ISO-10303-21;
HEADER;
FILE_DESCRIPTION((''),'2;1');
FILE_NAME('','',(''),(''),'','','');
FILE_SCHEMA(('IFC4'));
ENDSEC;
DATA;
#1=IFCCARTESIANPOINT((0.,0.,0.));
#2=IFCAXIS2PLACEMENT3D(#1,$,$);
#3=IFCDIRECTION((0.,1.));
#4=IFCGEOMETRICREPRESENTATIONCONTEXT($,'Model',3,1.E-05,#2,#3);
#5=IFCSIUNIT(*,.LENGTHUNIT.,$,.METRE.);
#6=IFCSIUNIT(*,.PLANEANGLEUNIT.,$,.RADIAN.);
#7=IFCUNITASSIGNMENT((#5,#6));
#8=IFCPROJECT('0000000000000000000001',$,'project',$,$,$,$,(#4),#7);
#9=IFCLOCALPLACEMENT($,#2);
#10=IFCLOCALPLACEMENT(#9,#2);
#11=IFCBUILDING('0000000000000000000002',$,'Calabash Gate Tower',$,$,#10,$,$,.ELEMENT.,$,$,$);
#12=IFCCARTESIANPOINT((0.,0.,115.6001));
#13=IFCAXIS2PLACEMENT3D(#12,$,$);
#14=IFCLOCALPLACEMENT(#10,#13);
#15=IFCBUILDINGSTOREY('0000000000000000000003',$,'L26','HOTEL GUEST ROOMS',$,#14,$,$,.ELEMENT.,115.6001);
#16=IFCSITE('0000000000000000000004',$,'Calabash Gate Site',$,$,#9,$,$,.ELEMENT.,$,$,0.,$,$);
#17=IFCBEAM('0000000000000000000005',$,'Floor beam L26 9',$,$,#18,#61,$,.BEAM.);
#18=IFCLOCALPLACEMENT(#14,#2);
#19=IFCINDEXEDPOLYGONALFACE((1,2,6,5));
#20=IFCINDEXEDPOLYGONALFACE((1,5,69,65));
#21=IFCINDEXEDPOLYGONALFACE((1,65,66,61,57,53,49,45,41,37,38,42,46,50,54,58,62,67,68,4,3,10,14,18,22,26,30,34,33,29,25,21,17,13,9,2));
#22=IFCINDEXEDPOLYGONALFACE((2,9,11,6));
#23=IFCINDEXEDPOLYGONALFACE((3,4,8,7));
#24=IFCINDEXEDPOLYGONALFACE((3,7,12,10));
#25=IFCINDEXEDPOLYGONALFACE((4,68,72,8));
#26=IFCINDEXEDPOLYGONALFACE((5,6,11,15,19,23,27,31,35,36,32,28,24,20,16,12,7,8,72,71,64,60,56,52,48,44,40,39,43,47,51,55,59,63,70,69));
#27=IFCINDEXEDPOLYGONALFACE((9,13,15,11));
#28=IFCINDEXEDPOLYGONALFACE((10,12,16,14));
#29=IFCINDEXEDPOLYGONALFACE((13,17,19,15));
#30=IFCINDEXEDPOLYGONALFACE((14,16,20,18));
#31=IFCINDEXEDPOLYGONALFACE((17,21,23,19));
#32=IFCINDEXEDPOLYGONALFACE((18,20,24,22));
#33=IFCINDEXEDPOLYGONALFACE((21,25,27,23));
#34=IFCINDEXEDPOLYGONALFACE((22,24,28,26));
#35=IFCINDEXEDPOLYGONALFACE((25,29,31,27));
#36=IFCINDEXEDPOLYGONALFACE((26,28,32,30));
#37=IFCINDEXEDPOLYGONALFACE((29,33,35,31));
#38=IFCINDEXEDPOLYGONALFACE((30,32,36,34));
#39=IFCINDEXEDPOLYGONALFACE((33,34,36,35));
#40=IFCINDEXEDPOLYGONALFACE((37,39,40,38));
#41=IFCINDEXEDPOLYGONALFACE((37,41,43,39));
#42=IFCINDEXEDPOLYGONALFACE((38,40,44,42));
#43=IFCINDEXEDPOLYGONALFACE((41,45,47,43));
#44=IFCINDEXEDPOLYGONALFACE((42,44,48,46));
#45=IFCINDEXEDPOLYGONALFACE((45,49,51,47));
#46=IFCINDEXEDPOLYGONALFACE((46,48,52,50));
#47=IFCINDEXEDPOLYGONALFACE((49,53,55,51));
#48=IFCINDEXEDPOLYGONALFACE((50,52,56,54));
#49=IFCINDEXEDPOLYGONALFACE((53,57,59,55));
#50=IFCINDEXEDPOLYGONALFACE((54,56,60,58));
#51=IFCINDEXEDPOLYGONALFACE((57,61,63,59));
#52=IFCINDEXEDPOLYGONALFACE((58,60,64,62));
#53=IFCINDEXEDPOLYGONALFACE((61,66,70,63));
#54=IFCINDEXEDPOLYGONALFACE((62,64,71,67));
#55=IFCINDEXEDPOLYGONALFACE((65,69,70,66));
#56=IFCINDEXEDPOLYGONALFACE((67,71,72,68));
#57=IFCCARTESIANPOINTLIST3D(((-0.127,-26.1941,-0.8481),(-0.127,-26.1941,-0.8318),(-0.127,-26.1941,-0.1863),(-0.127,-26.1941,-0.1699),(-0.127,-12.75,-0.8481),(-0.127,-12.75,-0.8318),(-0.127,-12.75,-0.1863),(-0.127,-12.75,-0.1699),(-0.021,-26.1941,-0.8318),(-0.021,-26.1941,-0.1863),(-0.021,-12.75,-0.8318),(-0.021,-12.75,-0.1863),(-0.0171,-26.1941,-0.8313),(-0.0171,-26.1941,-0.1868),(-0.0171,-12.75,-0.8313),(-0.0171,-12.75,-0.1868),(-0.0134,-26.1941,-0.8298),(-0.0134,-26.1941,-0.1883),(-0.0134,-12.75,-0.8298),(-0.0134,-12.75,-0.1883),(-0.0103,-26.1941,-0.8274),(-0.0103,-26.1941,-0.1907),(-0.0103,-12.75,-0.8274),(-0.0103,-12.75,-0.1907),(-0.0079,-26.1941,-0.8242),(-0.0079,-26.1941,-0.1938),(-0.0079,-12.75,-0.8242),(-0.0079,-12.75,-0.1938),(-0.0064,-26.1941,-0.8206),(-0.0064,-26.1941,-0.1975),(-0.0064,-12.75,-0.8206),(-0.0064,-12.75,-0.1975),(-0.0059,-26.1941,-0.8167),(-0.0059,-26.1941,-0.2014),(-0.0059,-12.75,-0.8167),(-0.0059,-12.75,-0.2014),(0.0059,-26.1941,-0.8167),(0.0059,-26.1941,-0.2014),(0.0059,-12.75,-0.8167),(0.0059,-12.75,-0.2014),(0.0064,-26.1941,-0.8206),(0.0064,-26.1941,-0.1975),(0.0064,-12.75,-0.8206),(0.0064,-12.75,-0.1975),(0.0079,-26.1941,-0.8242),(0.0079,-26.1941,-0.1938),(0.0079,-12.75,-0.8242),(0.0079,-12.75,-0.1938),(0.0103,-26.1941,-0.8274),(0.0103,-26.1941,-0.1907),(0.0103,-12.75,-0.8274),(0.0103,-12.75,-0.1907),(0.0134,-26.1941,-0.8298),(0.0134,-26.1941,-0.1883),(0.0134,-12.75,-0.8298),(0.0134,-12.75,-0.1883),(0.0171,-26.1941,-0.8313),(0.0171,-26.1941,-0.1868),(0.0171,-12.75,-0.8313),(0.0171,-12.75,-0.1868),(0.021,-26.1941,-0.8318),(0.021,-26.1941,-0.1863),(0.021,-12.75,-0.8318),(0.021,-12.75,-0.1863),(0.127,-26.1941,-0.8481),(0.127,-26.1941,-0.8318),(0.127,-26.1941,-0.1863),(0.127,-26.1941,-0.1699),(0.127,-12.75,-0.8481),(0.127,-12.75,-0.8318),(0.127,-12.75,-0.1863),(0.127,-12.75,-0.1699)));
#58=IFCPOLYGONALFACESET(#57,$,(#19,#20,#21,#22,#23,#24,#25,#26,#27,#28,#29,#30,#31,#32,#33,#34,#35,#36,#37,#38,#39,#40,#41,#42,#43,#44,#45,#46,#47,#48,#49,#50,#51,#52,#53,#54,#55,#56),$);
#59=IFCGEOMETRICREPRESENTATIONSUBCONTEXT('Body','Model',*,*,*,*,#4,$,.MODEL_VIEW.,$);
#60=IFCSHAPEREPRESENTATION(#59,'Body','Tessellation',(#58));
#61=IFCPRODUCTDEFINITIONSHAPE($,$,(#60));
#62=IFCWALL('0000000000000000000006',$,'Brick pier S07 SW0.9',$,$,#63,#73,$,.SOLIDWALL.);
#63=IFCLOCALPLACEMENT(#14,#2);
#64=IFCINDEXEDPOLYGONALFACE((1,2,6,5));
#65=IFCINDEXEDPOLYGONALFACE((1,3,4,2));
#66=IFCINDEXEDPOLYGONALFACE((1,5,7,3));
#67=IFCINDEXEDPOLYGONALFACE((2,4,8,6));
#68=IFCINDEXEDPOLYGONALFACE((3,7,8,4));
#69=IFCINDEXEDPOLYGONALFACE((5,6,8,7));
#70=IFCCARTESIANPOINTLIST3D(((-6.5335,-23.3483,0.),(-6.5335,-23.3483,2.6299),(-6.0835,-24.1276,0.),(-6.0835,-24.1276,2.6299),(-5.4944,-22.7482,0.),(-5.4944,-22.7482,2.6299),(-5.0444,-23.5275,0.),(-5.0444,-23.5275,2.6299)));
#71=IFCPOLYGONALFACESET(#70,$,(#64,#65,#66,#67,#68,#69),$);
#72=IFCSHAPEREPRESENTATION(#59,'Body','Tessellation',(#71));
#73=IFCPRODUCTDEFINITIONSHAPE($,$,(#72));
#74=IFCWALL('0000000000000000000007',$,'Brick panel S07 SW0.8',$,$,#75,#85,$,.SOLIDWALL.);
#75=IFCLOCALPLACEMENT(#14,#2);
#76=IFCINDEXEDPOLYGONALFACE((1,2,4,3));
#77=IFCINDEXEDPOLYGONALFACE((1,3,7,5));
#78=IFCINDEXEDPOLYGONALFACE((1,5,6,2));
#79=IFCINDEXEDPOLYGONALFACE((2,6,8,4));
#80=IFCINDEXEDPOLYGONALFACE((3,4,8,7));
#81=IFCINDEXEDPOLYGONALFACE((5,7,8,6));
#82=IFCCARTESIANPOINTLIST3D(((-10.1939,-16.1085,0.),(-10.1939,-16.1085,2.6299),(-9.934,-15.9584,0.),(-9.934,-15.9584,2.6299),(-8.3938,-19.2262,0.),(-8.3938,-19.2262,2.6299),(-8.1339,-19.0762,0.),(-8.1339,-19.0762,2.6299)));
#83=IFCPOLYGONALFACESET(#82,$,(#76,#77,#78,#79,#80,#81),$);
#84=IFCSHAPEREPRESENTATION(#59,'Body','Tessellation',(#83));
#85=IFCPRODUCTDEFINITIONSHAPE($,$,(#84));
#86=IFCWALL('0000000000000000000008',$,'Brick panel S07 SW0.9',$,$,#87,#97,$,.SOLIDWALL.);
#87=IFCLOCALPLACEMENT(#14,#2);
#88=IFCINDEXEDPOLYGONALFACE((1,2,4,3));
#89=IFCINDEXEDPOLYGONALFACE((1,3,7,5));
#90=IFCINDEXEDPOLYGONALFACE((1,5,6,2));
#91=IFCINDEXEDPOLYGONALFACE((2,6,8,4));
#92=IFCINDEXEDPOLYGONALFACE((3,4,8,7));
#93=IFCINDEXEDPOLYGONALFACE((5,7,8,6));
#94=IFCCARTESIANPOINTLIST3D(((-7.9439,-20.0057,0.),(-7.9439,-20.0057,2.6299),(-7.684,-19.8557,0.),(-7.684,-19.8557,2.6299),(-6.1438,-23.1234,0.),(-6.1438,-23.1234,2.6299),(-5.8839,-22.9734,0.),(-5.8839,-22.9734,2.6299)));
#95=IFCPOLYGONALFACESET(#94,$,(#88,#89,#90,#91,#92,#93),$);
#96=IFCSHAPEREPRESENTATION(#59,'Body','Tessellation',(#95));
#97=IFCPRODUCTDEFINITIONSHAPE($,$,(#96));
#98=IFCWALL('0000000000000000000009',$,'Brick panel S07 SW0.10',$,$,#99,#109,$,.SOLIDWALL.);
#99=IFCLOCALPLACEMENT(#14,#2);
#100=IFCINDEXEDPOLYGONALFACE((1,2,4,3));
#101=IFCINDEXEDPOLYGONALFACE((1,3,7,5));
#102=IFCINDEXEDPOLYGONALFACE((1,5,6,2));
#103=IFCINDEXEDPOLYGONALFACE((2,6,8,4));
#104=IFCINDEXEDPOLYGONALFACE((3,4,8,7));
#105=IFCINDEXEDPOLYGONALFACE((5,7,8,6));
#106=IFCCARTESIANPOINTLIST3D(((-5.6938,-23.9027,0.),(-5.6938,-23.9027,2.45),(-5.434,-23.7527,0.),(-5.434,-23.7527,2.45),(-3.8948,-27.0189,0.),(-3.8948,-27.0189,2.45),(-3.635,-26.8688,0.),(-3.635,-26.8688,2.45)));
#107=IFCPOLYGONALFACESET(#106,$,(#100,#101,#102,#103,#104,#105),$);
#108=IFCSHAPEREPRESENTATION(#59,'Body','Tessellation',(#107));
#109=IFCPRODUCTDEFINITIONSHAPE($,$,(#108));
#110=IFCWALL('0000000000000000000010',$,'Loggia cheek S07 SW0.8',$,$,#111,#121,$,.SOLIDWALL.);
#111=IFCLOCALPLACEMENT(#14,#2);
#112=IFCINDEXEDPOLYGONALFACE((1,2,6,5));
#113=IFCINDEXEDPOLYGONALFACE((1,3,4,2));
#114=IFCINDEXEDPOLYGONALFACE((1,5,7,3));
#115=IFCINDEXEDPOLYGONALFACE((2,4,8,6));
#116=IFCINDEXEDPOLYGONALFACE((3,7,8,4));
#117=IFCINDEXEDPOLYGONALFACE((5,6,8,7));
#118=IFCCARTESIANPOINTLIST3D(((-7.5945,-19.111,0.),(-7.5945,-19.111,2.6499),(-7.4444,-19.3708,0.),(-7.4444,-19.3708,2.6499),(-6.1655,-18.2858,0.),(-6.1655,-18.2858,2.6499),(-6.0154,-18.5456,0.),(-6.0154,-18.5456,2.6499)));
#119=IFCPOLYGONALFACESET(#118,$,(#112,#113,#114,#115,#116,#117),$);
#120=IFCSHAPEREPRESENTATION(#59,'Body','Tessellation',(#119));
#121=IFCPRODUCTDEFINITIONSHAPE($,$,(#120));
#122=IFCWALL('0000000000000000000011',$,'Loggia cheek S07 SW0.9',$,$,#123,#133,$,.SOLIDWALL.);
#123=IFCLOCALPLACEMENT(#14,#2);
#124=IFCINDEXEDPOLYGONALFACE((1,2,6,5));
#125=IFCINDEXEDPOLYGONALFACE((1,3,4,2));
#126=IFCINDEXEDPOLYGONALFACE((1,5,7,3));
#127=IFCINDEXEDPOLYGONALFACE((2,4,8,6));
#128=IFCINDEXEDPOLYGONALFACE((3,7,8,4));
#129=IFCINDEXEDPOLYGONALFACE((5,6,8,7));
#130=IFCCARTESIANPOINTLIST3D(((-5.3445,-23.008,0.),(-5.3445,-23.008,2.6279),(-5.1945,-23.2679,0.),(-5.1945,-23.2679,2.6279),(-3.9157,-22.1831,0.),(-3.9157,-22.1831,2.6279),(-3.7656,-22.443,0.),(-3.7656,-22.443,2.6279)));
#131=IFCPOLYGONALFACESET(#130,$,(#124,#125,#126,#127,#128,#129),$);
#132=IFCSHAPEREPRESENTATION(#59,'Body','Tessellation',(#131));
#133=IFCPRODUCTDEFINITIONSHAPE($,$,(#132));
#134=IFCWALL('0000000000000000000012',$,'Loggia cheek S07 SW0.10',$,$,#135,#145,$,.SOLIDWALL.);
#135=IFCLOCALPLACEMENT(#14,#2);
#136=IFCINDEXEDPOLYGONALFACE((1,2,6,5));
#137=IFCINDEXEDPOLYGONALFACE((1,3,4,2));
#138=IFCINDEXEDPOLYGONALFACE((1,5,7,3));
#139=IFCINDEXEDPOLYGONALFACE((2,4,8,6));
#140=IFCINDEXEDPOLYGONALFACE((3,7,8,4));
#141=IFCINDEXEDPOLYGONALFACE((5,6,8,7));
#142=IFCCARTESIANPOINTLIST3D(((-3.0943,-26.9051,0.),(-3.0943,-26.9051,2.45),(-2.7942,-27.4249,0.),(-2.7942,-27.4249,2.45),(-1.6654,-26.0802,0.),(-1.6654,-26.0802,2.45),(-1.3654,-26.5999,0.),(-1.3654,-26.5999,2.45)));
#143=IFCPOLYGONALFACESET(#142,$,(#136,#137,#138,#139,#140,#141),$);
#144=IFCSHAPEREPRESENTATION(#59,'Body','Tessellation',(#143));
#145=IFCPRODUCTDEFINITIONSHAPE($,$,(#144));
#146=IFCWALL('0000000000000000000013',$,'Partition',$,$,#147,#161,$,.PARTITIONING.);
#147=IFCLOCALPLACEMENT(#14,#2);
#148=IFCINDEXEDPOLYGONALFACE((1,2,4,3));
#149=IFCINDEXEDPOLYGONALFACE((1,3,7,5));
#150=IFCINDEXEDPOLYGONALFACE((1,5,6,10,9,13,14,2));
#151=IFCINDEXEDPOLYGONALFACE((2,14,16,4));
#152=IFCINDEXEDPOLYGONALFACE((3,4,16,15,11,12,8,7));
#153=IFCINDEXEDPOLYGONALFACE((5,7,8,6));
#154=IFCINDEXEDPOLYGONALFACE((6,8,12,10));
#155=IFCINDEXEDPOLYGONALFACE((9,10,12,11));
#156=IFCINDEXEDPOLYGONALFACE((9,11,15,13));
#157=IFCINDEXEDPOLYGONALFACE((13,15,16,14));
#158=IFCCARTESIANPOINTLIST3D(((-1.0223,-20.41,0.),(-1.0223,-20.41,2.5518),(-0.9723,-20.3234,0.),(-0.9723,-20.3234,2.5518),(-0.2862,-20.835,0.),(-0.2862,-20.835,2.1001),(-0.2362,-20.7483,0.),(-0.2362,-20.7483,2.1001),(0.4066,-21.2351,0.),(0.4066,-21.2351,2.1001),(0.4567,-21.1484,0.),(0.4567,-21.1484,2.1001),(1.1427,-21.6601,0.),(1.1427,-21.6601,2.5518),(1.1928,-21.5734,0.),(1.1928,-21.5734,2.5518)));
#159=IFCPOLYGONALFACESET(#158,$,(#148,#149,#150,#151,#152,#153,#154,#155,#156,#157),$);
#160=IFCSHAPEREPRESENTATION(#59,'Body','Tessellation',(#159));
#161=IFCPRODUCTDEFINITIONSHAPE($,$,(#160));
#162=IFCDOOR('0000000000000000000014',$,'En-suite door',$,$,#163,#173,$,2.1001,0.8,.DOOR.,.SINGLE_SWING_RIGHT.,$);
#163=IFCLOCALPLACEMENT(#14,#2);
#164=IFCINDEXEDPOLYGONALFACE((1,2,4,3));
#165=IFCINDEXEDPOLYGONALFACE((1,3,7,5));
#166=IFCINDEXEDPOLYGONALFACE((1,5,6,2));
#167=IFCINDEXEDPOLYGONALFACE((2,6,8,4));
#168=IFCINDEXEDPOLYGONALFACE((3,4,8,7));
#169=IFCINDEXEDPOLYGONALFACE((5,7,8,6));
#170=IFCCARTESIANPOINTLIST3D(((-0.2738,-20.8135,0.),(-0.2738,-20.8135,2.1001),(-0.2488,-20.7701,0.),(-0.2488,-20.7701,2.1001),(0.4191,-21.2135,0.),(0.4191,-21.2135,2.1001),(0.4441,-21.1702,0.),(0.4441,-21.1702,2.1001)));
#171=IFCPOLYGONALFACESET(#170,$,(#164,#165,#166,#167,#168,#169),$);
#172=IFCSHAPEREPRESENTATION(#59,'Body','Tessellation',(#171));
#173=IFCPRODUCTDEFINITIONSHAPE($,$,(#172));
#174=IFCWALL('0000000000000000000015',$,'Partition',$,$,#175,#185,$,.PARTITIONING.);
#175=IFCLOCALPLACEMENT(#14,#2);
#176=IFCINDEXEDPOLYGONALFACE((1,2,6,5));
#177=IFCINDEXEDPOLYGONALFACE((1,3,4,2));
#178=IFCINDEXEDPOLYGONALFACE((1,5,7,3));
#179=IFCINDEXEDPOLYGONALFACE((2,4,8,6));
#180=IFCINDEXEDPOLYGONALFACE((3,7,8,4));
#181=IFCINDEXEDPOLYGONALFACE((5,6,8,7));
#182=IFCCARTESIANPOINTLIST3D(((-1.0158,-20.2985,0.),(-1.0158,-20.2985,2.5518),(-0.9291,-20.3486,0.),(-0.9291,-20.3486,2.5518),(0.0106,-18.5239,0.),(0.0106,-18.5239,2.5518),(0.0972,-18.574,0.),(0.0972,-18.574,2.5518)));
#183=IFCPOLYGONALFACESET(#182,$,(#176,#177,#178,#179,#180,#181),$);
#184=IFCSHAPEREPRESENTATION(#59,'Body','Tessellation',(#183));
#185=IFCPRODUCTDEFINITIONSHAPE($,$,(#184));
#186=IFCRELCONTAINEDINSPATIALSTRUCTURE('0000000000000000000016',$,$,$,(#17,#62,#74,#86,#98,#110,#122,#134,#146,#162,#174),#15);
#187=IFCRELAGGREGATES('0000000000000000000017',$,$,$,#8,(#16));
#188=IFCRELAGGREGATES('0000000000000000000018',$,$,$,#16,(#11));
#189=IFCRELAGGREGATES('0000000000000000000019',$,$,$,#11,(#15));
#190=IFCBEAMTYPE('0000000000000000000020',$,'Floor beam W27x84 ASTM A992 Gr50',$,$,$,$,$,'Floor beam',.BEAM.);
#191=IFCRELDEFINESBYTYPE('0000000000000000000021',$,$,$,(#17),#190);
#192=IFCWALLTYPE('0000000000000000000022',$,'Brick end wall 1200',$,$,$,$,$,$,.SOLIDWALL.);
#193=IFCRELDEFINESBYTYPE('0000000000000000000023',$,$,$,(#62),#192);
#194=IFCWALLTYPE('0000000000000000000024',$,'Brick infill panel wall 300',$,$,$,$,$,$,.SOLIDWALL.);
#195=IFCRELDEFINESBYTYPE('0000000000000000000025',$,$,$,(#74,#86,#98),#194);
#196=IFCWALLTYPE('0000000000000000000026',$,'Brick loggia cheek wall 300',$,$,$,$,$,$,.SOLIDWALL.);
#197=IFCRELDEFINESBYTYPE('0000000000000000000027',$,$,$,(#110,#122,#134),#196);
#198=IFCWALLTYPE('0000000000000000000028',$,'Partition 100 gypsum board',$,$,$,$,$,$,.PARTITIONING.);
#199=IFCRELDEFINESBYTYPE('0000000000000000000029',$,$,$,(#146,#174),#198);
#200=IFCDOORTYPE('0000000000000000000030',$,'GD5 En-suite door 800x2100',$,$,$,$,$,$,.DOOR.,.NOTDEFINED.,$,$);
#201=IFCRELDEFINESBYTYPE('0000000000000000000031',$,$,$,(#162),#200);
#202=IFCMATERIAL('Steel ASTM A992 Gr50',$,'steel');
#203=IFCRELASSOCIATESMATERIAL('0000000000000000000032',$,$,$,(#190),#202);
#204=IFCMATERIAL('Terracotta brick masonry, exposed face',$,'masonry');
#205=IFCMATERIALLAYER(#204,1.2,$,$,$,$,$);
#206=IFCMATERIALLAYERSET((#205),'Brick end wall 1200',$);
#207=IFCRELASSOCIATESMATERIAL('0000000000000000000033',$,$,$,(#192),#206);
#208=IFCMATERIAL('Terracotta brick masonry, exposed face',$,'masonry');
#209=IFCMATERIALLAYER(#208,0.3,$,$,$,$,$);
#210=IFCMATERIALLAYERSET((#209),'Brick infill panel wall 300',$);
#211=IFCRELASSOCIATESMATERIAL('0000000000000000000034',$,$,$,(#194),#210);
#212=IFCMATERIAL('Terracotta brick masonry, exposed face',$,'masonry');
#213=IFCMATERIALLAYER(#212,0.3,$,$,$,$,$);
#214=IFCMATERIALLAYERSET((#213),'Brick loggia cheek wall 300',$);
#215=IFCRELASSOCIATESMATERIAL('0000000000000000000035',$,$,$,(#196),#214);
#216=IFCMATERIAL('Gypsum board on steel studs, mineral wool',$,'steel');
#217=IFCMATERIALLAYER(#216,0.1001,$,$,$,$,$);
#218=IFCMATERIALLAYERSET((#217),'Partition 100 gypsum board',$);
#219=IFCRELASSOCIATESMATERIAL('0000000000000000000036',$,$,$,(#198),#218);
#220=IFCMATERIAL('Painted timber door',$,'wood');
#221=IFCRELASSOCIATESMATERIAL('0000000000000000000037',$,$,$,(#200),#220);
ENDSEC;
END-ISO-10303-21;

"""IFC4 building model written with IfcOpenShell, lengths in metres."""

from ifc_helpers import new_model, si_unit, direction, frame, frame_2d, origin, origin_2d, place, context, subcontext, project, spatial, rectangle, i_section, extrude, material, layer, layer_set, material_profile, profile_set, type_object, element, fill, save


model = new_model("IFC4")

# Units and contexts
model_context = context("Model", 3, precision=1e-05, world=origin(), true_north=direction((0.0, 1.0)))
body_context = subcontext(model_context, "Body", "Model", "MODEL_VIEW")
ifc_project = project(units=[si_unit("LENGTHUNIT", "METRE"), si_unit("PLANEANGLEUNIT", "RADIAN")], contexts=[model_context])

# Site, building, storey
site_placement = place(None, origin())
site = spatial("IfcSite", under=ifc_project, at=site_placement, Name="Calabash Gate Site", CompositionType="ELEMENT", RefElevation=0.0)
building_placement = place(site_placement, origin())
building = spatial("IfcBuilding", under=site, at=building_placement, Name="Calabash Gate Tower", CompositionType="ELEMENT")
storey_placement = place(building_placement, frame((0.0, 0.0, 115.6001)))
storey = spatial("IfcBuildingStorey", under=building, at=storey_placement, Name="L26", Description="HOTEL GUEST ROOMS", CompositionType="ELEMENT", Elevation=115.6001)

# Beam
ifc_material_1 = material(Name="Steel ASTM A992 Gr50", Category="steel")
ifc_material_profile_1 = material_profile(ifc_material_1, i_section(OverallWidth=0.2539, OverallDepth=0.6782, WebThickness=0.0117, FlangeThickness=0.0164, FilletRadius=0.0151, at=origin_2d()))
ifc_profile_set_1 = profile_set([ifc_material_profile_1], Name="Steel ASTM A992 Gr50")
beam_type_1 = type_object("IfcBeamType", Name="Floor beam W27x84 ASTM A992 Gr50", ElementType="Floor beam", PredefinedType="BEAM", material=ifc_profile_set_1)
beam_1_placement = place(storey_placement, frame((0.0, -26.1941, -0.509), z_axis=(0.0, 1.0, 0.0), x_axis=(-1.0, 0.0, 0.0)))
element("IfcBeam", 1, at=beam_1_placement, inside=storey, type_object=beam_type_1, Name="Floor beam L26 9", PredefinedType="BEAM", context=body_context, shape_type="SweptSolid", body=[
    extrude(i_section(OverallWidth=0.2539, OverallDepth=0.6782, WebThickness=0.0117, FlangeThickness=0.0164, FilletRadius=0.0151, at=origin_2d()), origin(), (0.0, 0.0, 1.0), 13.4441),
])

# Walls
ifc_material_2 = material(Name="Terracotta brick masonry, exposed face", Category="masonry")
ifc_layer_1 = layer(ifc_material_2, 1.2)
ifc_layer_set_1 = layer_set([ifc_layer_1], Name="Brick end wall 1200")
wall_type_1 = type_object("IfcWallType", Name="Brick end wall 1200", PredefinedType="SOLIDWALL", material=ifc_layer_set_1)
wall_1_placement = place(storey_placement, frame((-6.3086, -23.738, 0.0), z_axis=(0.0, 0.0, 1.0), x_axis=(0.865955, 0.500122, 0.0)))
element("IfcWall", 2, at=wall_1_placement, inside=storey, type_object=wall_type_1, Name="Brick pier S07 SW0.9", PredefinedType="SOLIDWALL", context=body_context, shape_type="SweptSolid", body=[
    extrude(rectangle(XDim=1.2, YDim=0.8999, at=frame_2d((0.6001, 0.0))), origin(), (0.0, 0.0, 1.0), 2.6299),
])
ifc_material_3 = material(Name="Terracotta brick masonry, exposed face", Category="masonry")
ifc_layer_2 = layer(ifc_material_3, 0.3)
ifc_layer_set_2 = layer_set([ifc_layer_2], Name="Brick infill panel wall 300")
wall_type_2 = type_object("IfcWallType", Name="Brick infill panel wall 300", PredefinedType="SOLIDWALL", material=ifc_layer_set_2)
for number, where, z_axis, x_axis, name in (
    (3, (-10.064, -16.0334, 0.0), (0.0, 0.0, 1.0), (0.500012, -0.866018, 0.0), "Brick panel S07 SW0.8"),
    (4, (-7.814, -19.9307, 0.0), (0.0, 0.0, 1.0), (0.500012, -0.866018, 0.0), "Brick panel S07 SW0.9"),
):
    element("IfcWall", number, at=place(storey_placement, frame(where, z_axis=z_axis, x_axis=x_axis)), inside=storey, type_object=wall_type_2, Name=name, PredefinedType="SOLIDWALL", context=body_context, shape_type="SweptSolid", body=[
        extrude(rectangle(XDim=3.6001, YDim=0.3, at=frame_2d((1.8, 0.0))), origin(), (0.0, 0.0, 1.0), 2.6299),
    ])
wall_2_placement = place(storey_placement, frame((-3.7649, -26.9438, 0.0), z_axis=(0.0, 0.0, 1.0), x_axis=(-0.499985, 0.866034, 0.0)))
element("IfcWall", 5, at=wall_2_placement, inside=storey, type_object=wall_type_2, Name="Brick panel S07 SW0.10", PredefinedType="SOLIDWALL", context=body_context, shape_type="SweptSolid", body=[
    extrude(rectangle(XDim=3.5981, YDim=0.3, at=frame_2d((1.7991, 0.0))), origin(), (0.0, 0.0, 1.0), 2.45),
])
ifc_material_4 = material(Name="Terracotta brick masonry, exposed face", Category="masonry")
ifc_layer_3 = layer(ifc_material_4, 0.3)
ifc_layer_set_3 = layer_set([ifc_layer_3], Name="Brick loggia cheek wall 300")
wall_type_3 = type_object("IfcWallType", Name="Brick loggia cheek wall 300", PredefinedType="SOLIDWALL", material=ifc_layer_set_3)
wall_3_placement = place(storey_placement, frame((-7.5195, -19.241, 0.0), z_axis=(0.0, 0.0, 1.0), x_axis=(0.865976, 0.500085, 0.0)))
element("IfcWall", 6, at=wall_3_placement, inside=storey, type_object=wall_type_3, Name="Loggia cheek S07 SW0.8", PredefinedType="SOLIDWALL", context=body_context, shape_type="SweptSolid", body=[
    extrude(rectangle(XDim=1.6501, YDim=0.3, at=frame_2d((0.8252, 0.0))), origin(), (0.0, 0.0, 1.0), 2.6499),
])
wall_4_placement = place(storey_placement, frame((-5.2695, -23.1379, 0.0), z_axis=(0.0, 0.0, 1.0), x_axis=(0.86604, 0.499974, 0.0)))
element("IfcWall", 7, at=wall_4_placement, inside=storey, type_object=wall_type_3, Name="Loggia cheek S07 SW0.9", PredefinedType="SOLIDWALL", context=body_context, shape_type="SweptSolid", body=[
    extrude(rectangle(XDim=1.6499, YDim=0.3, at=frame_2d((0.825, 0.0))), origin(), (0.0, 0.0, 1.0), 2.6279),
])
wall_5_placement = place(storey_placement, frame((-1.5154, -26.3401, 0.0), z_axis=(0.0, 0.0, 1.0), x_axis=(-0.86604, -0.499974, 0.0)))
element("IfcWall", 8, at=wall_5_placement, inside=storey, type_object=wall_type_3, Name="Loggia cheek S07 SW0.10", PredefinedType="SOLIDWALL", context=body_context, shape_type="SweptSolid", body=[
    extrude(rectangle(XDim=1.6499, YDim=0.6001, at=frame_2d((0.825, 0.0))), origin(), (0.0, 0.0, 1.0), 2.45),
])

# Wall, opening, door
ifc_material_5 = material(Name="Gypsum board on steel studs, mineral wool", Category="steel")
ifc_layer_4 = layer(ifc_material_5, 0.1001)
ifc_layer_set_4 = layer_set([ifc_layer_4], Name="Partition 100 gypsum board")
wall_type_4 = type_object("IfcWallType", Name="Partition 100 gypsum board", PredefinedType="PARTITIONING", material=ifc_layer_set_4)
wall_6_placement = place(storey_placement, frame((-0.9973, -20.3667, 0.0), z_axis=(0.0, 0.0, 1.0), x_axis=(0.866023, -0.500004, 0.0)))
wall_6 = element("IfcWall", 9, at=wall_6_placement, inside=storey, type_object=wall_type_4, Name="Partition", PredefinedType="PARTITIONING", context=body_context, shape_type="SweptSolid", body=[
    extrude(rectangle(XDim=2.5, YDim=0.1001, at=frame_2d((1.25, 0.0))), origin(), (0.0, 0.0, 1.0), 2.5518),
])
opening_placement = place(wall_6_placement, frame((0.8501, 0.0, 0.0)))
opening = element("IfcOpeningElement", 10, at=opening_placement, cuts=wall_6, PredefinedType="OPENING", context=body_context, shape_type="SweptSolid", body=[
    extrude(rectangle(XDim=0.8, YDim=2.1001, at=frame_2d((0.3999, 1.05))), frame((0.0, 0.0601, 0.0), z_axis=(0.0, -1.0, 0.0), x_axis=(1.0, 0.0, 0.0)), (0.0, 0.0, 1.0), 0.1201),
])
ifc_material_6 = material(Name="Painted timber door", Category="wood")
door_type = type_object("IfcDoorType", Name="GD5 En-suite door 800x2100", OperationType="NOTDEFINED", PredefinedType="DOOR", material=ifc_material_6)
door_placement = place(opening_placement, origin())
door = element("IfcDoor", 11, at=door_placement, inside=storey, type_object=door_type, Name="En-suite door", OperationType="SINGLE_SWING_RIGHT", OverallHeight=2.1001, OverallWidth=0.8, PredefinedType="DOOR", context=body_context, shape_type="SweptSolid", body=[
    extrude(rectangle(XDim=0.8, YDim=2.1001, at=frame_2d((0.3999, 1.05))), frame((0.0, 0.0249, 0.0), z_axis=(0.0, -1.0, 0.0), x_axis=(1.0, 0.0, 0.0)), (0.0, 0.0, 1.0), 0.05),
])
fill(opening, door)

# Wall
wall_7_placement = place(storey_placement, frame((-0.9724, -20.3235, 0.0), z_axis=(0.0, 0.0, 1.0), x_axis=(0.500647, 0.865652, 0.0)))
element("IfcWall", 12, at=wall_7_placement, inside=storey, type_object=wall_type_4, Name="Partition", PredefinedType="PARTITIONING", context=body_context, shape_type="SweptSolid", body=[
    extrude(rectangle(XDim=2.05, YDim=0.1001, at=frame_2d((1.0249, 0.0))), origin(), (0.0, 0.0, 1.0), 2.5518),
])

save(model, "model.ifc")
